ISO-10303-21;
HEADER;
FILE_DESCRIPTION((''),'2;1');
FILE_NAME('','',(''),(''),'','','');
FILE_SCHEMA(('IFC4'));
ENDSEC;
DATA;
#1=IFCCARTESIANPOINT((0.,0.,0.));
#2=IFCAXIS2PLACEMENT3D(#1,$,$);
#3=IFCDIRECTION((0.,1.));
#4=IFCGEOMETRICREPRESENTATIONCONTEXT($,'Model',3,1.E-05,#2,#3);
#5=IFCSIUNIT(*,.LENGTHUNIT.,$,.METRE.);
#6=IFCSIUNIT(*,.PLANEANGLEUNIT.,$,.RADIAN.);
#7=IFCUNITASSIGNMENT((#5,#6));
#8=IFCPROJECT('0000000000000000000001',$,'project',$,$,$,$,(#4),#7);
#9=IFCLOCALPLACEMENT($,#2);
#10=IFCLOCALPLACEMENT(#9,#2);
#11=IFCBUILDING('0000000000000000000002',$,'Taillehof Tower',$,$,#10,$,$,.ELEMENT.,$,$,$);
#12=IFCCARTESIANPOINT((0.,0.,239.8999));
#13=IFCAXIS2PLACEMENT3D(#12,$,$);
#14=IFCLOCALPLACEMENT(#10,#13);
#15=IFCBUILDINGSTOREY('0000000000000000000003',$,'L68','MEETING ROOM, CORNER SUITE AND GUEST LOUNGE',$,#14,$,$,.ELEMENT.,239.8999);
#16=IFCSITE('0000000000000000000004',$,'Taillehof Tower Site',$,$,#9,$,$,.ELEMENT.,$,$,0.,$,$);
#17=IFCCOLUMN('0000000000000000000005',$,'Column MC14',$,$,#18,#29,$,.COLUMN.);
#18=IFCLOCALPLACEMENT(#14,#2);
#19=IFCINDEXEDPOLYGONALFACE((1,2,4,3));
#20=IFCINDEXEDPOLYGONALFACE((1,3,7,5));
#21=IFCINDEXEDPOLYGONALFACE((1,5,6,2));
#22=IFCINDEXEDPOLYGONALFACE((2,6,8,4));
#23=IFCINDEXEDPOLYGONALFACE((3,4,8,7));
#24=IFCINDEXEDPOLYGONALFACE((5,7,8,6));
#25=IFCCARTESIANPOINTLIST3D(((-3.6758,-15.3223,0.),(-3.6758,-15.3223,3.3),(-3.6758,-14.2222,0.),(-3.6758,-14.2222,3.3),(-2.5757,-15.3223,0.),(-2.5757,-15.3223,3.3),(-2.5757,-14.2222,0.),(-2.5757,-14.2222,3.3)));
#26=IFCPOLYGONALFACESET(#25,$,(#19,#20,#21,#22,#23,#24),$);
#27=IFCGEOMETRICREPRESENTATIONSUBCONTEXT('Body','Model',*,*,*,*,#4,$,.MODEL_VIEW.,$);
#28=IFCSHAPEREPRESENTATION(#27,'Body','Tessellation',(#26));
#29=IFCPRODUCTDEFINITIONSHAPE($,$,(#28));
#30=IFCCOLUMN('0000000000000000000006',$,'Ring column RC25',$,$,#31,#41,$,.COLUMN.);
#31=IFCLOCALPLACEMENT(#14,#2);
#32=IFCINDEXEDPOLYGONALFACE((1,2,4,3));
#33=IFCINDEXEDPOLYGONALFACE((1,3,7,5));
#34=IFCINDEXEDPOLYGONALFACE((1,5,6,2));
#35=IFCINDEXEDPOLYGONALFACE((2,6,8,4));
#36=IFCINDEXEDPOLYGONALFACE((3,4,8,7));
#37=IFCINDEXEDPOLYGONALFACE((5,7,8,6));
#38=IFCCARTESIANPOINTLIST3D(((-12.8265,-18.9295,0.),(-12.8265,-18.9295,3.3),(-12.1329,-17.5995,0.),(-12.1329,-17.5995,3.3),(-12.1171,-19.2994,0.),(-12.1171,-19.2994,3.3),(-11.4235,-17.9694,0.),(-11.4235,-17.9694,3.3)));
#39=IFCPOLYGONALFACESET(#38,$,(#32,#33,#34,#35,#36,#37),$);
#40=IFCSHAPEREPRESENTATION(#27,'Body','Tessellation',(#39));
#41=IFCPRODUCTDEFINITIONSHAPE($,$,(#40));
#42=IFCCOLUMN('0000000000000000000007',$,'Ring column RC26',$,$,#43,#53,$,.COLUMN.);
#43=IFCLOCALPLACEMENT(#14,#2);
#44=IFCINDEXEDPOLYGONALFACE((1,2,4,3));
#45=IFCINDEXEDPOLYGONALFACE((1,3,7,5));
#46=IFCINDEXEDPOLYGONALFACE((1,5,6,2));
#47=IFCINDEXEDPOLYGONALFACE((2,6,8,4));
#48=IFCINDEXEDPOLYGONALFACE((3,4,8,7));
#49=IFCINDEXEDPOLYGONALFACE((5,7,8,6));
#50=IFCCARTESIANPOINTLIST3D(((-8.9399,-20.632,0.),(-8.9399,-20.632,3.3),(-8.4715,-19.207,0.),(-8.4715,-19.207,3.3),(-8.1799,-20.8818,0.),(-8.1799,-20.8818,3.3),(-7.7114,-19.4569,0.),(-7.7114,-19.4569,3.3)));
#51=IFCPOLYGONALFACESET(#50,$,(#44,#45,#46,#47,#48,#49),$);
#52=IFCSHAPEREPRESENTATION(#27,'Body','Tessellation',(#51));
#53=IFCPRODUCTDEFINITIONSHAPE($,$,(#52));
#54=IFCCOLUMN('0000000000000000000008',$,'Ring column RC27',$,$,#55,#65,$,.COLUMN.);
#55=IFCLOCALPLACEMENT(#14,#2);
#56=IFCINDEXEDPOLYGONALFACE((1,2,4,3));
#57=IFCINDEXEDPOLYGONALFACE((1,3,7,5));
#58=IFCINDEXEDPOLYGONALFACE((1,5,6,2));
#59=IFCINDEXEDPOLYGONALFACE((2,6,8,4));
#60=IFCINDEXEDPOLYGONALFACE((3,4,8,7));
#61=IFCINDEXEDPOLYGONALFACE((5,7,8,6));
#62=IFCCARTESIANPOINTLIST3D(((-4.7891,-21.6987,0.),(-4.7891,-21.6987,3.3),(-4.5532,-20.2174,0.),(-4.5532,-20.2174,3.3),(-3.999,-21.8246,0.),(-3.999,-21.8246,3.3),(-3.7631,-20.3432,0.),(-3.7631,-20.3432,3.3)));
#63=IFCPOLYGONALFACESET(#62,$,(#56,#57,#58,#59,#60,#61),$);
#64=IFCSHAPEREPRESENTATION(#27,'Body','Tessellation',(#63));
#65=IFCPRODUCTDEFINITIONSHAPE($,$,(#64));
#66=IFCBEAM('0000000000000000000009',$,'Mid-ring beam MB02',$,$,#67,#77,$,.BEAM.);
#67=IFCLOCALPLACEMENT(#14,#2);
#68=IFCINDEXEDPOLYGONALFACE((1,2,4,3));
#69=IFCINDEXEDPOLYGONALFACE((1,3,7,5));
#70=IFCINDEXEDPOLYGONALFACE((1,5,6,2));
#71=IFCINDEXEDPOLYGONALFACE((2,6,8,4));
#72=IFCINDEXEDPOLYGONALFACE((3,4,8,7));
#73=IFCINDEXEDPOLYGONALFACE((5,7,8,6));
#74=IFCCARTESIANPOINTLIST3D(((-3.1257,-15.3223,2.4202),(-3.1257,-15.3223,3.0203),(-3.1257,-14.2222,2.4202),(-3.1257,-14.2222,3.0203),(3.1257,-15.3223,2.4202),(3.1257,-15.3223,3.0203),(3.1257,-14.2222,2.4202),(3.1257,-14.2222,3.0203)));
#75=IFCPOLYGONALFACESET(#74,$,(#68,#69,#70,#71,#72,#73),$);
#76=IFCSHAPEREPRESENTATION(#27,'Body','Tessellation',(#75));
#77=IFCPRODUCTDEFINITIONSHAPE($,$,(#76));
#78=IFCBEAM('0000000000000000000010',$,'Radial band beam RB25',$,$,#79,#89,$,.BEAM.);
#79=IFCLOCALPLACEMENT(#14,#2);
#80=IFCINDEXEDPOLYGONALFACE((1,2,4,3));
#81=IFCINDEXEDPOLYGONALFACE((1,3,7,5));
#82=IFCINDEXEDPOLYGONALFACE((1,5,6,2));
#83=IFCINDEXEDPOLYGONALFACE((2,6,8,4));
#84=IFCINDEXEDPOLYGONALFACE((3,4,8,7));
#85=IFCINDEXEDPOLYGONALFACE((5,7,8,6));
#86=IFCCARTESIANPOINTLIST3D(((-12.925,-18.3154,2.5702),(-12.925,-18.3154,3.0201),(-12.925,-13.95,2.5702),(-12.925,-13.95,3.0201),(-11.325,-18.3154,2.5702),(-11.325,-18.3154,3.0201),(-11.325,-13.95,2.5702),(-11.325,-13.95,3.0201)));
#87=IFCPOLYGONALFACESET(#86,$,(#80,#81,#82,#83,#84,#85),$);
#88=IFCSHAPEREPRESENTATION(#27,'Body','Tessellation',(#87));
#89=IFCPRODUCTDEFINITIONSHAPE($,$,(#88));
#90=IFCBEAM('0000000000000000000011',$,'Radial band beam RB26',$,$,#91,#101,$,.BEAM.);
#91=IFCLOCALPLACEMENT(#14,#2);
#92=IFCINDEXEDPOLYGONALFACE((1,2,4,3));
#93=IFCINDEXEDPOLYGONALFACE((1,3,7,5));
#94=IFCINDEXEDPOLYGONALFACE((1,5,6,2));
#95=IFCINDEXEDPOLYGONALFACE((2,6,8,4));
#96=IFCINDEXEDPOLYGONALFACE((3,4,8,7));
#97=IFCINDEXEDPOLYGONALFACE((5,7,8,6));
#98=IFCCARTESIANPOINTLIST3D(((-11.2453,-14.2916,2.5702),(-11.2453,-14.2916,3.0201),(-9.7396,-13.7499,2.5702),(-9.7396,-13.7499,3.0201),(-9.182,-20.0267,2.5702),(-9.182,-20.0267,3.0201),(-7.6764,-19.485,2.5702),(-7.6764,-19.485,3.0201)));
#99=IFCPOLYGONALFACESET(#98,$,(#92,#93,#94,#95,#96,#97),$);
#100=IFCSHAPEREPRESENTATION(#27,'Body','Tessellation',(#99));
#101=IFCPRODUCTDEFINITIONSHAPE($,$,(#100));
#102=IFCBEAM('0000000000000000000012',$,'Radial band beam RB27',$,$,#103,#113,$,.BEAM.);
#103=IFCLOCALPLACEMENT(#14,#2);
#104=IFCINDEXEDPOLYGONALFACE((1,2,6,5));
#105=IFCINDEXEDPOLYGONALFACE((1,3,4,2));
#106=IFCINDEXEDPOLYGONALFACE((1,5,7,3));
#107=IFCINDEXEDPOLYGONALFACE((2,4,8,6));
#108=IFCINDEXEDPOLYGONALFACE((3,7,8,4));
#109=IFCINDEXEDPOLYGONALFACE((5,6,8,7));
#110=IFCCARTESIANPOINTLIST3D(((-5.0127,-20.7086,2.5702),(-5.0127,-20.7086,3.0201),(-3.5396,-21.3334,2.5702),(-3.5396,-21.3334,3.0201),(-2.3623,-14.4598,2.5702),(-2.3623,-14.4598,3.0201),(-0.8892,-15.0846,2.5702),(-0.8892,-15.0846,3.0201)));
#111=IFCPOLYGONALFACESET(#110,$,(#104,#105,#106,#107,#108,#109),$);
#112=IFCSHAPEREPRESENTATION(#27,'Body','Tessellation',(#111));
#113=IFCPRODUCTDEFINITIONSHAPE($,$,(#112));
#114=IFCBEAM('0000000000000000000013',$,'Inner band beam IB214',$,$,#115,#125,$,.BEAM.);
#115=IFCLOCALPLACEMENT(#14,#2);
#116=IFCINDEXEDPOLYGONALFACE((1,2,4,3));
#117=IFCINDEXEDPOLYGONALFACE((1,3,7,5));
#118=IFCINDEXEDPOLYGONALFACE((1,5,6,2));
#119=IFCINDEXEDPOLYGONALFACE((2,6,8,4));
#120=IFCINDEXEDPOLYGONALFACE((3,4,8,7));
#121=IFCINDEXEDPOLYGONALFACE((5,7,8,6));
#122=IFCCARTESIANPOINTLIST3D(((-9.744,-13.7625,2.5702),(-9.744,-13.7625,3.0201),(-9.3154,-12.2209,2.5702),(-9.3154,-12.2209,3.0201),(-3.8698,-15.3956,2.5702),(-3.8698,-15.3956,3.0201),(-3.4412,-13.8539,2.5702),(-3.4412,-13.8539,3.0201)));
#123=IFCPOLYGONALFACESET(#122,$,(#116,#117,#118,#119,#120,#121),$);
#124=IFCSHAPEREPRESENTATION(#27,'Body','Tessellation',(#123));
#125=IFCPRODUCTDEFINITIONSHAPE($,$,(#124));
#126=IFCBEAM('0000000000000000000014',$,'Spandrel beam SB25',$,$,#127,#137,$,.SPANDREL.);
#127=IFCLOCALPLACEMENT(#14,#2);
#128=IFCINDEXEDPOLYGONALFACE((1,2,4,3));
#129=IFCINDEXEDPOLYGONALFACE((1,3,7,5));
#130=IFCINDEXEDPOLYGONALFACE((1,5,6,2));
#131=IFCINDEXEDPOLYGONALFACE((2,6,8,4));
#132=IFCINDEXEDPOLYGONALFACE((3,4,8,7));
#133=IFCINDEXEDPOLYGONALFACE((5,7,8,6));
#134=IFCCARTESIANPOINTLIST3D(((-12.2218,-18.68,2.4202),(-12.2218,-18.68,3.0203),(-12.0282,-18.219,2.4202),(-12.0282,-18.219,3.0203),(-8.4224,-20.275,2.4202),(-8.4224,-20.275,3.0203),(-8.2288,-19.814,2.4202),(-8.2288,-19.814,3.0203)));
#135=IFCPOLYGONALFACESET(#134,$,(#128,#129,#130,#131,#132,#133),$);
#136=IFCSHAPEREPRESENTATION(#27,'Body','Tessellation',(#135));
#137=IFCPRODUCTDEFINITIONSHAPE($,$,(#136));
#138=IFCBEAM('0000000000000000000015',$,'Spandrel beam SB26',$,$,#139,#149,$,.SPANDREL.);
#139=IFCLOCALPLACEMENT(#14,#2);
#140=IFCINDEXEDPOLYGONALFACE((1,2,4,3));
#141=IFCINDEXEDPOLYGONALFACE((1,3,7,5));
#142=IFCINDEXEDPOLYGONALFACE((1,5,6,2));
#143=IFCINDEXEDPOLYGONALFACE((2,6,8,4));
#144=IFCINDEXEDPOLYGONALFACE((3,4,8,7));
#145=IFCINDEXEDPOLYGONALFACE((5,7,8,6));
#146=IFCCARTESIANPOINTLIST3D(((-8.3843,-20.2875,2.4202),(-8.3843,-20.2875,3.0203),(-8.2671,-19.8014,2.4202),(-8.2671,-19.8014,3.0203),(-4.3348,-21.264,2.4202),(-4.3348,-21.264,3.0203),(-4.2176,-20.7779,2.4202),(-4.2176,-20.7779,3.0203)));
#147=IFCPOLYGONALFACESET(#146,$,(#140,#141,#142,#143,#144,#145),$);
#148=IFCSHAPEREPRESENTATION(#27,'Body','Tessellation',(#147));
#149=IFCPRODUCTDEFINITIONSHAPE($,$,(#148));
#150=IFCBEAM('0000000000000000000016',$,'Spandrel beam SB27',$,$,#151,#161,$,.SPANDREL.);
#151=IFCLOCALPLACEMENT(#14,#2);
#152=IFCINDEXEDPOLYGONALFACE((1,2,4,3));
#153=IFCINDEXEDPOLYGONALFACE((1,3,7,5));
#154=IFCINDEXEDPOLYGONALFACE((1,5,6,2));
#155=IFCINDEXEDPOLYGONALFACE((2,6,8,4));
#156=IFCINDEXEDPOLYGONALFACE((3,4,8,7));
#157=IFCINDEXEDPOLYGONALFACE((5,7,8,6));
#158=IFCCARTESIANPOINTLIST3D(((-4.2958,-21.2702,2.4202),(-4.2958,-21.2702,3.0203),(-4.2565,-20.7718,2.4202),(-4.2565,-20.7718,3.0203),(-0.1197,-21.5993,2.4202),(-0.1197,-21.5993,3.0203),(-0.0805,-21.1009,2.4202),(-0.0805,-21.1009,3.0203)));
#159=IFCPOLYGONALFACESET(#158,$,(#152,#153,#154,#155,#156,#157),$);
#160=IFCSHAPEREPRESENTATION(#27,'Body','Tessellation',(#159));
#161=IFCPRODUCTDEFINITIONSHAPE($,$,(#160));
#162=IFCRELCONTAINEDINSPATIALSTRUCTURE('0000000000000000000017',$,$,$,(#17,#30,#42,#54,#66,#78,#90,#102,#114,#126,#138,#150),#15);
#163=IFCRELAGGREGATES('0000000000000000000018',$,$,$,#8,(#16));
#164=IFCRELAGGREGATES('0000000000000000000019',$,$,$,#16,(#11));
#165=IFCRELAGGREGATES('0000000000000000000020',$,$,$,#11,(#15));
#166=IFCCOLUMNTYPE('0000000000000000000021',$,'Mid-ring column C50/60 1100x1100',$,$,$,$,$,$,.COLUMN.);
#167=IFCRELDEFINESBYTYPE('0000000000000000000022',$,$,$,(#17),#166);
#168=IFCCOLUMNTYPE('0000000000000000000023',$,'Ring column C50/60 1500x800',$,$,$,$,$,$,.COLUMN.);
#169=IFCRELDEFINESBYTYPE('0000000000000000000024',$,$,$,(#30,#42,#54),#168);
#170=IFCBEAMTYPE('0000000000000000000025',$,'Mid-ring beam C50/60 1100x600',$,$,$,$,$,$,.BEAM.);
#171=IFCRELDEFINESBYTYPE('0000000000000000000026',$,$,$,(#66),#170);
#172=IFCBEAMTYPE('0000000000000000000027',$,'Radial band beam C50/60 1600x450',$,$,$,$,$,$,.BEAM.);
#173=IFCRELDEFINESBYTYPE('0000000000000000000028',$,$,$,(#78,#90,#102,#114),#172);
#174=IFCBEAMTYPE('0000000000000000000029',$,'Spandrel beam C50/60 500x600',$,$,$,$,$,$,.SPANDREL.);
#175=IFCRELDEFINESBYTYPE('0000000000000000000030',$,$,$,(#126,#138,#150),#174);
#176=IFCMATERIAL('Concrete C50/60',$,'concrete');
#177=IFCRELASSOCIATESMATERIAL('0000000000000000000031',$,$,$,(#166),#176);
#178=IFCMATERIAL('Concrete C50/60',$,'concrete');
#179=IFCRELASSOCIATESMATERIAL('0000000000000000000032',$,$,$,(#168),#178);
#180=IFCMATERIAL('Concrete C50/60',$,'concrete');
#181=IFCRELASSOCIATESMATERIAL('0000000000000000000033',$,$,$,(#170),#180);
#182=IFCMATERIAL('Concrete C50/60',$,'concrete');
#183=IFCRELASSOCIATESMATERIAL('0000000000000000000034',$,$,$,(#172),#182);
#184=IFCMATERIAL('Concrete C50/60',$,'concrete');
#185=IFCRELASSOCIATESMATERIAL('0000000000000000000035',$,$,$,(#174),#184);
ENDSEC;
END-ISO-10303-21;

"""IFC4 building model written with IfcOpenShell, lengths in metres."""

from ifc_helpers import new_model, si_unit, direction, frame, origin, origin_2d, place, context, subcontext, project, spatial, rectangle, extrude, material, material_profile, profile_set, type_object, element, save


model = new_model("IFC4")

# Units and contexts
model_context = context("Model", 3, precision=1e-05, world=origin(), true_north=direction((0.0, 1.0)))
body_context = subcontext(model_context, "Body", "Model", "MODEL_VIEW")
ifc_project = project(units=[si_unit("LENGTHUNIT", "METRE"), si_unit("PLANEANGLEUNIT", "RADIAN")], contexts=[model_context])

# Site, building, storey
site_placement = place(None, origin())
site = spatial("IfcSite", under=ifc_project, at=site_placement, Name="Taillehof Tower Site", CompositionType="ELEMENT", RefElevation=0.0)
building_placement = place(site_placement, origin())
building = spatial("IfcBuilding", under=site, at=building_placement, Name="Taillehof Tower", CompositionType="ELEMENT")
storey_placement = place(building_placement, frame((0.0, 0.0, 239.8999)))
storey = spatial("IfcBuildingStorey", under=building, at=storey_placement, Name="L68", Description="MEETING ROOM, CORNER SUITE AND GUEST LOUNGE", CompositionType="ELEMENT", Elevation=239.8999)

# Columns
ifc_material_1 = material(Name="Concrete C50/60", Category="concrete")
ifc_material_profile_1 = material_profile(ifc_material_1, rectangle(XDim=1.1001, YDim=1.1001, at=origin_2d()), Name="RC 1100x1100")
ifc_profile_set_1 = profile_set([ifc_material_profile_1], Name="Concrete C50/60")
column_type_1 = type_object("IfcColumnType", Name="Mid-ring column C50/60 1100x1100", PredefinedType="COLUMN", material=ifc_profile_set_1)
column_placement = place(storey_placement, frame((-3.1257, -14.7722, 0.0), z_axis=(0.0, 0.0, 1.0), x_axis=(1.0, 0.0, 0.0)))
element("IfcColumn", 1, at=column_placement, inside=storey, type_object=column_type_1, Name="Column MC14", PredefinedType="COLUMN", context=body_context, shape_type="SweptSolid", body=[
    extrude(rectangle(XDim=1.1001, YDim=1.1001, at=origin_2d()), origin(), (0.0, 0.0, 1.0), 3.3),
])
ifc_material_2 = material(Name="Concrete C50/60", Category="concrete")
ifc_material_profile_2 = material_profile(ifc_material_2, rectangle(XDim=1.5, YDim=0.8, at=origin_2d()), Name="RC 1500x800")
ifc_profile_set_2 = profile_set([ifc_material_profile_2], Name="Concrete C50/60")
column_type_2 = type_object("IfcColumnType", Name="Ring column C50/60 1500x800", PredefinedType="COLUMN", material=ifc_profile_set_2)
for number, where, z_axis, x_axis, name in (
    (2, (-12.125, -18.4495, 0.0), (0.0, 0.0, 1.0), (-0.462384, -0.88668, 0.0), "Ring column RC25"),
    (3, (-8.3257, -20.0444, 0.0), (0.0, 0.0, 1.0), (-0.312304, -0.949982, 0.0), "Ring column RC26"),
    (4, (-4.2761, -21.021, 0.0), (0.0, 0.0, 1.0), (-0.157281, -0.987554, 0.0), "Ring column RC27"),
):
    element("IfcColumn", number, at=place(storey_placement, frame(where, z_axis=z_axis, x_axis=x_axis)), inside=storey, type_object=column_type_2, Name=name, PredefinedType="COLUMN", context=body_context, shape_type="SweptSolid", body=[
        extrude(rectangle(XDim=1.5, YDim=0.8, at=origin_2d()), origin(), (0.0, 0.0, 1.0), 3.3),
    ])

# Beams
ifc_material_3 = material(Name="Concrete C50/60", Category="concrete")
ifc_material_profile_3 = material_profile(ifc_material_3, rectangle(XDim=1.1001, YDim=0.6001, at=origin_2d()), Name="RC 1100x600")
ifc_profile_set_3 = profile_set([ifc_material_profile_3], Name="Concrete C50/60")
beam_type_1 = type_object("IfcBeamType", Name="Mid-ring beam C50/60 1100x600", PredefinedType="BEAM", material=ifc_profile_set_3)
beam_1_placement = place(storey_placement, frame((-3.1257, -14.7722, 2.7202), z_axis=(1.0, 0.0, 0.0), x_axis=(0.0, 1.0, 0.0)))
element("IfcBeam", 5, at=beam_1_placement, inside=storey, type_object=beam_type_1, Name="Mid-ring beam MB02", PredefinedType="BEAM", context=body_context, shape_type="SweptSolid", body=[
    extrude(rectangle(XDim=1.1001, YDim=0.6001, at=origin_2d()), origin(), (0.0, 0.0, 1.0), 6.2515),
])
ifc_material_4 = material(Name="Concrete C50/60", Category="concrete")
ifc_material_profile_4 = material_profile(ifc_material_4, rectangle(XDim=1.6001, YDim=0.45, at=origin_2d()), Name="RC 1600x450")
ifc_profile_set_4 = profile_set([ifc_material_profile_4], Name="Concrete C50/60")
beam_type_2 = type_object("IfcBeamType", Name="Radial band beam C50/60 1600x450", PredefinedType="BEAM", material=ifc_profile_set_4)
beam_2_placement = place(storey_placement, frame((-12.125, -18.3154, 2.7952), z_axis=(0.0, 1.0, 0.0), x_axis=(-1.0, 0.0, 0.0)))
element("IfcBeam", 6, at=beam_2_placement, inside=storey, type_object=beam_type_2, Name="Radial band beam RB25", PredefinedType="BEAM", context=body_context, shape_type="SweptSolid", body=[
    extrude(rectangle(XDim=1.6001, YDim=0.45, at=origin_2d()), origin(), (0.0, 0.0, 1.0), 4.3655),
])
beam_3_placement = place(storey_placement, frame((-8.4292, -19.7559, 2.7952), z_axis=(-0.338515, 0.940961, 0.0), x_axis=(-0.940961, -0.338515, 0.0)))
element("IfcBeam", 7, at=beam_3_placement, inside=storey, type_object=beam_type_2, Name="Radial band beam RB26", PredefinedType="BEAM", context=body_context, shape_type="SweptSolid", body=[
    extrude(rectangle(XDim=1.6001, YDim=0.45, at=origin_2d()), origin(), (0.0, 0.0, 1.0), 6.095),
])
beam_4_placement = place(storey_placement, frame((-4.2761, -21.021, 2.7952), z_axis=(0.390474, 0.920614, 0.0), x_axis=(-0.920614, 0.390474, 0.0)))
element("IfcBeam", 8, at=beam_4_placement, inside=storey, type_object=beam_type_2, Name="Radial band beam RB27", PredefinedType="BEAM", context=body_context, shape_type="SweptSolid", body=[
    extrude(rectangle(XDim=1.6001, YDim=0.45, at=origin_2d()), origin(), (0.0, 0.0, 1.0), 6.7876),
])
beam_5_placement = place(storey_placement, frame((-3.6555, -14.6248, 2.7952), z_axis=(-0.963459, 0.267855, 0.0), x_axis=(-0.267855, -0.963459, 0.0)))
element("IfcBeam", 9, at=beam_5_placement, inside=storey, type_object=beam_type_2, Name="Inner band beam IB214", PredefinedType="BEAM", context=body_context, shape_type="SweptSolid", body=[
    extrude(rectangle(XDim=1.6001, YDim=0.45, at=origin_2d()), origin(), (0.0, 0.0, 1.0), 6.0969),
])
ifc_material_5 = material(Name="Concrete C50/60", Category="concrete")
ifc_material_profile_5 = material_profile(ifc_material_5, rectangle(XDim=0.5, YDim=0.6001, at=origin_2d()), Name="RC 500x600")
ifc_profile_set_5 = profile_set([ifc_material_profile_5], Name="Concrete C50/60")
beam_type_3 = type_object("IfcBeamType", Name="Spandrel beam C50/60 500x600", PredefinedType="SPANDREL", material=ifc_profile_set_5)
beam_6_placement = place(storey_placement, frame((-12.125, -18.4495, 2.7202), z_axis=(0.922046, -0.387079, 0.0), x_axis=(0.387079, 0.922046, 0.0)))
element("IfcBeam", 10, at=beam_6_placement, inside=storey, type_object=beam_type_3, Name="Spandrel beam SB25", PredefinedType="SPANDREL", context=body_context, shape_type="SweptSolid", body=[
    extrude(rectangle(XDim=0.5, YDim=0.6001, at=origin_2d()), origin(), (0.0, 0.0, 1.0), 4.1206),
])
beam_7_placement = place(storey_placement, frame((-8.3257, -20.0444, 2.7202), z_axis=(0.972132, -0.234432, 0.0), x_axis=(0.234432, 0.972132, 0.0)))
element("IfcBeam", 11, at=beam_7_placement, inside=storey, type_object=beam_type_3, Name="Spandrel beam SB26", PredefinedType="SPANDREL", context=body_context, shape_type="SweptSolid", body=[
    extrude(rectangle(XDim=0.5, YDim=0.6001, at=origin_2d()), origin(), (0.0, 0.0, 1.0), 4.1655),
])
beam_8_placement = place(storey_placement, frame((-4.2761, -21.021, 2.7202), z_axis=(0.996909, -0.078564, 0.0), x_axis=(0.078564, 0.996909, 0.0)))
element("IfcBeam", 12, at=beam_8_placement, inside=storey, type_object=beam_type_3, Name="Spandrel beam SB27", PredefinedType="SPANDREL", context=body_context, shape_type="SweptSolid", body=[
    extrude(rectangle(XDim=0.5, YDim=0.6001, at=origin_2d()), origin(), (0.0, 0.0, 1.0), 4.189),
])

save(model, "model.ifc")
